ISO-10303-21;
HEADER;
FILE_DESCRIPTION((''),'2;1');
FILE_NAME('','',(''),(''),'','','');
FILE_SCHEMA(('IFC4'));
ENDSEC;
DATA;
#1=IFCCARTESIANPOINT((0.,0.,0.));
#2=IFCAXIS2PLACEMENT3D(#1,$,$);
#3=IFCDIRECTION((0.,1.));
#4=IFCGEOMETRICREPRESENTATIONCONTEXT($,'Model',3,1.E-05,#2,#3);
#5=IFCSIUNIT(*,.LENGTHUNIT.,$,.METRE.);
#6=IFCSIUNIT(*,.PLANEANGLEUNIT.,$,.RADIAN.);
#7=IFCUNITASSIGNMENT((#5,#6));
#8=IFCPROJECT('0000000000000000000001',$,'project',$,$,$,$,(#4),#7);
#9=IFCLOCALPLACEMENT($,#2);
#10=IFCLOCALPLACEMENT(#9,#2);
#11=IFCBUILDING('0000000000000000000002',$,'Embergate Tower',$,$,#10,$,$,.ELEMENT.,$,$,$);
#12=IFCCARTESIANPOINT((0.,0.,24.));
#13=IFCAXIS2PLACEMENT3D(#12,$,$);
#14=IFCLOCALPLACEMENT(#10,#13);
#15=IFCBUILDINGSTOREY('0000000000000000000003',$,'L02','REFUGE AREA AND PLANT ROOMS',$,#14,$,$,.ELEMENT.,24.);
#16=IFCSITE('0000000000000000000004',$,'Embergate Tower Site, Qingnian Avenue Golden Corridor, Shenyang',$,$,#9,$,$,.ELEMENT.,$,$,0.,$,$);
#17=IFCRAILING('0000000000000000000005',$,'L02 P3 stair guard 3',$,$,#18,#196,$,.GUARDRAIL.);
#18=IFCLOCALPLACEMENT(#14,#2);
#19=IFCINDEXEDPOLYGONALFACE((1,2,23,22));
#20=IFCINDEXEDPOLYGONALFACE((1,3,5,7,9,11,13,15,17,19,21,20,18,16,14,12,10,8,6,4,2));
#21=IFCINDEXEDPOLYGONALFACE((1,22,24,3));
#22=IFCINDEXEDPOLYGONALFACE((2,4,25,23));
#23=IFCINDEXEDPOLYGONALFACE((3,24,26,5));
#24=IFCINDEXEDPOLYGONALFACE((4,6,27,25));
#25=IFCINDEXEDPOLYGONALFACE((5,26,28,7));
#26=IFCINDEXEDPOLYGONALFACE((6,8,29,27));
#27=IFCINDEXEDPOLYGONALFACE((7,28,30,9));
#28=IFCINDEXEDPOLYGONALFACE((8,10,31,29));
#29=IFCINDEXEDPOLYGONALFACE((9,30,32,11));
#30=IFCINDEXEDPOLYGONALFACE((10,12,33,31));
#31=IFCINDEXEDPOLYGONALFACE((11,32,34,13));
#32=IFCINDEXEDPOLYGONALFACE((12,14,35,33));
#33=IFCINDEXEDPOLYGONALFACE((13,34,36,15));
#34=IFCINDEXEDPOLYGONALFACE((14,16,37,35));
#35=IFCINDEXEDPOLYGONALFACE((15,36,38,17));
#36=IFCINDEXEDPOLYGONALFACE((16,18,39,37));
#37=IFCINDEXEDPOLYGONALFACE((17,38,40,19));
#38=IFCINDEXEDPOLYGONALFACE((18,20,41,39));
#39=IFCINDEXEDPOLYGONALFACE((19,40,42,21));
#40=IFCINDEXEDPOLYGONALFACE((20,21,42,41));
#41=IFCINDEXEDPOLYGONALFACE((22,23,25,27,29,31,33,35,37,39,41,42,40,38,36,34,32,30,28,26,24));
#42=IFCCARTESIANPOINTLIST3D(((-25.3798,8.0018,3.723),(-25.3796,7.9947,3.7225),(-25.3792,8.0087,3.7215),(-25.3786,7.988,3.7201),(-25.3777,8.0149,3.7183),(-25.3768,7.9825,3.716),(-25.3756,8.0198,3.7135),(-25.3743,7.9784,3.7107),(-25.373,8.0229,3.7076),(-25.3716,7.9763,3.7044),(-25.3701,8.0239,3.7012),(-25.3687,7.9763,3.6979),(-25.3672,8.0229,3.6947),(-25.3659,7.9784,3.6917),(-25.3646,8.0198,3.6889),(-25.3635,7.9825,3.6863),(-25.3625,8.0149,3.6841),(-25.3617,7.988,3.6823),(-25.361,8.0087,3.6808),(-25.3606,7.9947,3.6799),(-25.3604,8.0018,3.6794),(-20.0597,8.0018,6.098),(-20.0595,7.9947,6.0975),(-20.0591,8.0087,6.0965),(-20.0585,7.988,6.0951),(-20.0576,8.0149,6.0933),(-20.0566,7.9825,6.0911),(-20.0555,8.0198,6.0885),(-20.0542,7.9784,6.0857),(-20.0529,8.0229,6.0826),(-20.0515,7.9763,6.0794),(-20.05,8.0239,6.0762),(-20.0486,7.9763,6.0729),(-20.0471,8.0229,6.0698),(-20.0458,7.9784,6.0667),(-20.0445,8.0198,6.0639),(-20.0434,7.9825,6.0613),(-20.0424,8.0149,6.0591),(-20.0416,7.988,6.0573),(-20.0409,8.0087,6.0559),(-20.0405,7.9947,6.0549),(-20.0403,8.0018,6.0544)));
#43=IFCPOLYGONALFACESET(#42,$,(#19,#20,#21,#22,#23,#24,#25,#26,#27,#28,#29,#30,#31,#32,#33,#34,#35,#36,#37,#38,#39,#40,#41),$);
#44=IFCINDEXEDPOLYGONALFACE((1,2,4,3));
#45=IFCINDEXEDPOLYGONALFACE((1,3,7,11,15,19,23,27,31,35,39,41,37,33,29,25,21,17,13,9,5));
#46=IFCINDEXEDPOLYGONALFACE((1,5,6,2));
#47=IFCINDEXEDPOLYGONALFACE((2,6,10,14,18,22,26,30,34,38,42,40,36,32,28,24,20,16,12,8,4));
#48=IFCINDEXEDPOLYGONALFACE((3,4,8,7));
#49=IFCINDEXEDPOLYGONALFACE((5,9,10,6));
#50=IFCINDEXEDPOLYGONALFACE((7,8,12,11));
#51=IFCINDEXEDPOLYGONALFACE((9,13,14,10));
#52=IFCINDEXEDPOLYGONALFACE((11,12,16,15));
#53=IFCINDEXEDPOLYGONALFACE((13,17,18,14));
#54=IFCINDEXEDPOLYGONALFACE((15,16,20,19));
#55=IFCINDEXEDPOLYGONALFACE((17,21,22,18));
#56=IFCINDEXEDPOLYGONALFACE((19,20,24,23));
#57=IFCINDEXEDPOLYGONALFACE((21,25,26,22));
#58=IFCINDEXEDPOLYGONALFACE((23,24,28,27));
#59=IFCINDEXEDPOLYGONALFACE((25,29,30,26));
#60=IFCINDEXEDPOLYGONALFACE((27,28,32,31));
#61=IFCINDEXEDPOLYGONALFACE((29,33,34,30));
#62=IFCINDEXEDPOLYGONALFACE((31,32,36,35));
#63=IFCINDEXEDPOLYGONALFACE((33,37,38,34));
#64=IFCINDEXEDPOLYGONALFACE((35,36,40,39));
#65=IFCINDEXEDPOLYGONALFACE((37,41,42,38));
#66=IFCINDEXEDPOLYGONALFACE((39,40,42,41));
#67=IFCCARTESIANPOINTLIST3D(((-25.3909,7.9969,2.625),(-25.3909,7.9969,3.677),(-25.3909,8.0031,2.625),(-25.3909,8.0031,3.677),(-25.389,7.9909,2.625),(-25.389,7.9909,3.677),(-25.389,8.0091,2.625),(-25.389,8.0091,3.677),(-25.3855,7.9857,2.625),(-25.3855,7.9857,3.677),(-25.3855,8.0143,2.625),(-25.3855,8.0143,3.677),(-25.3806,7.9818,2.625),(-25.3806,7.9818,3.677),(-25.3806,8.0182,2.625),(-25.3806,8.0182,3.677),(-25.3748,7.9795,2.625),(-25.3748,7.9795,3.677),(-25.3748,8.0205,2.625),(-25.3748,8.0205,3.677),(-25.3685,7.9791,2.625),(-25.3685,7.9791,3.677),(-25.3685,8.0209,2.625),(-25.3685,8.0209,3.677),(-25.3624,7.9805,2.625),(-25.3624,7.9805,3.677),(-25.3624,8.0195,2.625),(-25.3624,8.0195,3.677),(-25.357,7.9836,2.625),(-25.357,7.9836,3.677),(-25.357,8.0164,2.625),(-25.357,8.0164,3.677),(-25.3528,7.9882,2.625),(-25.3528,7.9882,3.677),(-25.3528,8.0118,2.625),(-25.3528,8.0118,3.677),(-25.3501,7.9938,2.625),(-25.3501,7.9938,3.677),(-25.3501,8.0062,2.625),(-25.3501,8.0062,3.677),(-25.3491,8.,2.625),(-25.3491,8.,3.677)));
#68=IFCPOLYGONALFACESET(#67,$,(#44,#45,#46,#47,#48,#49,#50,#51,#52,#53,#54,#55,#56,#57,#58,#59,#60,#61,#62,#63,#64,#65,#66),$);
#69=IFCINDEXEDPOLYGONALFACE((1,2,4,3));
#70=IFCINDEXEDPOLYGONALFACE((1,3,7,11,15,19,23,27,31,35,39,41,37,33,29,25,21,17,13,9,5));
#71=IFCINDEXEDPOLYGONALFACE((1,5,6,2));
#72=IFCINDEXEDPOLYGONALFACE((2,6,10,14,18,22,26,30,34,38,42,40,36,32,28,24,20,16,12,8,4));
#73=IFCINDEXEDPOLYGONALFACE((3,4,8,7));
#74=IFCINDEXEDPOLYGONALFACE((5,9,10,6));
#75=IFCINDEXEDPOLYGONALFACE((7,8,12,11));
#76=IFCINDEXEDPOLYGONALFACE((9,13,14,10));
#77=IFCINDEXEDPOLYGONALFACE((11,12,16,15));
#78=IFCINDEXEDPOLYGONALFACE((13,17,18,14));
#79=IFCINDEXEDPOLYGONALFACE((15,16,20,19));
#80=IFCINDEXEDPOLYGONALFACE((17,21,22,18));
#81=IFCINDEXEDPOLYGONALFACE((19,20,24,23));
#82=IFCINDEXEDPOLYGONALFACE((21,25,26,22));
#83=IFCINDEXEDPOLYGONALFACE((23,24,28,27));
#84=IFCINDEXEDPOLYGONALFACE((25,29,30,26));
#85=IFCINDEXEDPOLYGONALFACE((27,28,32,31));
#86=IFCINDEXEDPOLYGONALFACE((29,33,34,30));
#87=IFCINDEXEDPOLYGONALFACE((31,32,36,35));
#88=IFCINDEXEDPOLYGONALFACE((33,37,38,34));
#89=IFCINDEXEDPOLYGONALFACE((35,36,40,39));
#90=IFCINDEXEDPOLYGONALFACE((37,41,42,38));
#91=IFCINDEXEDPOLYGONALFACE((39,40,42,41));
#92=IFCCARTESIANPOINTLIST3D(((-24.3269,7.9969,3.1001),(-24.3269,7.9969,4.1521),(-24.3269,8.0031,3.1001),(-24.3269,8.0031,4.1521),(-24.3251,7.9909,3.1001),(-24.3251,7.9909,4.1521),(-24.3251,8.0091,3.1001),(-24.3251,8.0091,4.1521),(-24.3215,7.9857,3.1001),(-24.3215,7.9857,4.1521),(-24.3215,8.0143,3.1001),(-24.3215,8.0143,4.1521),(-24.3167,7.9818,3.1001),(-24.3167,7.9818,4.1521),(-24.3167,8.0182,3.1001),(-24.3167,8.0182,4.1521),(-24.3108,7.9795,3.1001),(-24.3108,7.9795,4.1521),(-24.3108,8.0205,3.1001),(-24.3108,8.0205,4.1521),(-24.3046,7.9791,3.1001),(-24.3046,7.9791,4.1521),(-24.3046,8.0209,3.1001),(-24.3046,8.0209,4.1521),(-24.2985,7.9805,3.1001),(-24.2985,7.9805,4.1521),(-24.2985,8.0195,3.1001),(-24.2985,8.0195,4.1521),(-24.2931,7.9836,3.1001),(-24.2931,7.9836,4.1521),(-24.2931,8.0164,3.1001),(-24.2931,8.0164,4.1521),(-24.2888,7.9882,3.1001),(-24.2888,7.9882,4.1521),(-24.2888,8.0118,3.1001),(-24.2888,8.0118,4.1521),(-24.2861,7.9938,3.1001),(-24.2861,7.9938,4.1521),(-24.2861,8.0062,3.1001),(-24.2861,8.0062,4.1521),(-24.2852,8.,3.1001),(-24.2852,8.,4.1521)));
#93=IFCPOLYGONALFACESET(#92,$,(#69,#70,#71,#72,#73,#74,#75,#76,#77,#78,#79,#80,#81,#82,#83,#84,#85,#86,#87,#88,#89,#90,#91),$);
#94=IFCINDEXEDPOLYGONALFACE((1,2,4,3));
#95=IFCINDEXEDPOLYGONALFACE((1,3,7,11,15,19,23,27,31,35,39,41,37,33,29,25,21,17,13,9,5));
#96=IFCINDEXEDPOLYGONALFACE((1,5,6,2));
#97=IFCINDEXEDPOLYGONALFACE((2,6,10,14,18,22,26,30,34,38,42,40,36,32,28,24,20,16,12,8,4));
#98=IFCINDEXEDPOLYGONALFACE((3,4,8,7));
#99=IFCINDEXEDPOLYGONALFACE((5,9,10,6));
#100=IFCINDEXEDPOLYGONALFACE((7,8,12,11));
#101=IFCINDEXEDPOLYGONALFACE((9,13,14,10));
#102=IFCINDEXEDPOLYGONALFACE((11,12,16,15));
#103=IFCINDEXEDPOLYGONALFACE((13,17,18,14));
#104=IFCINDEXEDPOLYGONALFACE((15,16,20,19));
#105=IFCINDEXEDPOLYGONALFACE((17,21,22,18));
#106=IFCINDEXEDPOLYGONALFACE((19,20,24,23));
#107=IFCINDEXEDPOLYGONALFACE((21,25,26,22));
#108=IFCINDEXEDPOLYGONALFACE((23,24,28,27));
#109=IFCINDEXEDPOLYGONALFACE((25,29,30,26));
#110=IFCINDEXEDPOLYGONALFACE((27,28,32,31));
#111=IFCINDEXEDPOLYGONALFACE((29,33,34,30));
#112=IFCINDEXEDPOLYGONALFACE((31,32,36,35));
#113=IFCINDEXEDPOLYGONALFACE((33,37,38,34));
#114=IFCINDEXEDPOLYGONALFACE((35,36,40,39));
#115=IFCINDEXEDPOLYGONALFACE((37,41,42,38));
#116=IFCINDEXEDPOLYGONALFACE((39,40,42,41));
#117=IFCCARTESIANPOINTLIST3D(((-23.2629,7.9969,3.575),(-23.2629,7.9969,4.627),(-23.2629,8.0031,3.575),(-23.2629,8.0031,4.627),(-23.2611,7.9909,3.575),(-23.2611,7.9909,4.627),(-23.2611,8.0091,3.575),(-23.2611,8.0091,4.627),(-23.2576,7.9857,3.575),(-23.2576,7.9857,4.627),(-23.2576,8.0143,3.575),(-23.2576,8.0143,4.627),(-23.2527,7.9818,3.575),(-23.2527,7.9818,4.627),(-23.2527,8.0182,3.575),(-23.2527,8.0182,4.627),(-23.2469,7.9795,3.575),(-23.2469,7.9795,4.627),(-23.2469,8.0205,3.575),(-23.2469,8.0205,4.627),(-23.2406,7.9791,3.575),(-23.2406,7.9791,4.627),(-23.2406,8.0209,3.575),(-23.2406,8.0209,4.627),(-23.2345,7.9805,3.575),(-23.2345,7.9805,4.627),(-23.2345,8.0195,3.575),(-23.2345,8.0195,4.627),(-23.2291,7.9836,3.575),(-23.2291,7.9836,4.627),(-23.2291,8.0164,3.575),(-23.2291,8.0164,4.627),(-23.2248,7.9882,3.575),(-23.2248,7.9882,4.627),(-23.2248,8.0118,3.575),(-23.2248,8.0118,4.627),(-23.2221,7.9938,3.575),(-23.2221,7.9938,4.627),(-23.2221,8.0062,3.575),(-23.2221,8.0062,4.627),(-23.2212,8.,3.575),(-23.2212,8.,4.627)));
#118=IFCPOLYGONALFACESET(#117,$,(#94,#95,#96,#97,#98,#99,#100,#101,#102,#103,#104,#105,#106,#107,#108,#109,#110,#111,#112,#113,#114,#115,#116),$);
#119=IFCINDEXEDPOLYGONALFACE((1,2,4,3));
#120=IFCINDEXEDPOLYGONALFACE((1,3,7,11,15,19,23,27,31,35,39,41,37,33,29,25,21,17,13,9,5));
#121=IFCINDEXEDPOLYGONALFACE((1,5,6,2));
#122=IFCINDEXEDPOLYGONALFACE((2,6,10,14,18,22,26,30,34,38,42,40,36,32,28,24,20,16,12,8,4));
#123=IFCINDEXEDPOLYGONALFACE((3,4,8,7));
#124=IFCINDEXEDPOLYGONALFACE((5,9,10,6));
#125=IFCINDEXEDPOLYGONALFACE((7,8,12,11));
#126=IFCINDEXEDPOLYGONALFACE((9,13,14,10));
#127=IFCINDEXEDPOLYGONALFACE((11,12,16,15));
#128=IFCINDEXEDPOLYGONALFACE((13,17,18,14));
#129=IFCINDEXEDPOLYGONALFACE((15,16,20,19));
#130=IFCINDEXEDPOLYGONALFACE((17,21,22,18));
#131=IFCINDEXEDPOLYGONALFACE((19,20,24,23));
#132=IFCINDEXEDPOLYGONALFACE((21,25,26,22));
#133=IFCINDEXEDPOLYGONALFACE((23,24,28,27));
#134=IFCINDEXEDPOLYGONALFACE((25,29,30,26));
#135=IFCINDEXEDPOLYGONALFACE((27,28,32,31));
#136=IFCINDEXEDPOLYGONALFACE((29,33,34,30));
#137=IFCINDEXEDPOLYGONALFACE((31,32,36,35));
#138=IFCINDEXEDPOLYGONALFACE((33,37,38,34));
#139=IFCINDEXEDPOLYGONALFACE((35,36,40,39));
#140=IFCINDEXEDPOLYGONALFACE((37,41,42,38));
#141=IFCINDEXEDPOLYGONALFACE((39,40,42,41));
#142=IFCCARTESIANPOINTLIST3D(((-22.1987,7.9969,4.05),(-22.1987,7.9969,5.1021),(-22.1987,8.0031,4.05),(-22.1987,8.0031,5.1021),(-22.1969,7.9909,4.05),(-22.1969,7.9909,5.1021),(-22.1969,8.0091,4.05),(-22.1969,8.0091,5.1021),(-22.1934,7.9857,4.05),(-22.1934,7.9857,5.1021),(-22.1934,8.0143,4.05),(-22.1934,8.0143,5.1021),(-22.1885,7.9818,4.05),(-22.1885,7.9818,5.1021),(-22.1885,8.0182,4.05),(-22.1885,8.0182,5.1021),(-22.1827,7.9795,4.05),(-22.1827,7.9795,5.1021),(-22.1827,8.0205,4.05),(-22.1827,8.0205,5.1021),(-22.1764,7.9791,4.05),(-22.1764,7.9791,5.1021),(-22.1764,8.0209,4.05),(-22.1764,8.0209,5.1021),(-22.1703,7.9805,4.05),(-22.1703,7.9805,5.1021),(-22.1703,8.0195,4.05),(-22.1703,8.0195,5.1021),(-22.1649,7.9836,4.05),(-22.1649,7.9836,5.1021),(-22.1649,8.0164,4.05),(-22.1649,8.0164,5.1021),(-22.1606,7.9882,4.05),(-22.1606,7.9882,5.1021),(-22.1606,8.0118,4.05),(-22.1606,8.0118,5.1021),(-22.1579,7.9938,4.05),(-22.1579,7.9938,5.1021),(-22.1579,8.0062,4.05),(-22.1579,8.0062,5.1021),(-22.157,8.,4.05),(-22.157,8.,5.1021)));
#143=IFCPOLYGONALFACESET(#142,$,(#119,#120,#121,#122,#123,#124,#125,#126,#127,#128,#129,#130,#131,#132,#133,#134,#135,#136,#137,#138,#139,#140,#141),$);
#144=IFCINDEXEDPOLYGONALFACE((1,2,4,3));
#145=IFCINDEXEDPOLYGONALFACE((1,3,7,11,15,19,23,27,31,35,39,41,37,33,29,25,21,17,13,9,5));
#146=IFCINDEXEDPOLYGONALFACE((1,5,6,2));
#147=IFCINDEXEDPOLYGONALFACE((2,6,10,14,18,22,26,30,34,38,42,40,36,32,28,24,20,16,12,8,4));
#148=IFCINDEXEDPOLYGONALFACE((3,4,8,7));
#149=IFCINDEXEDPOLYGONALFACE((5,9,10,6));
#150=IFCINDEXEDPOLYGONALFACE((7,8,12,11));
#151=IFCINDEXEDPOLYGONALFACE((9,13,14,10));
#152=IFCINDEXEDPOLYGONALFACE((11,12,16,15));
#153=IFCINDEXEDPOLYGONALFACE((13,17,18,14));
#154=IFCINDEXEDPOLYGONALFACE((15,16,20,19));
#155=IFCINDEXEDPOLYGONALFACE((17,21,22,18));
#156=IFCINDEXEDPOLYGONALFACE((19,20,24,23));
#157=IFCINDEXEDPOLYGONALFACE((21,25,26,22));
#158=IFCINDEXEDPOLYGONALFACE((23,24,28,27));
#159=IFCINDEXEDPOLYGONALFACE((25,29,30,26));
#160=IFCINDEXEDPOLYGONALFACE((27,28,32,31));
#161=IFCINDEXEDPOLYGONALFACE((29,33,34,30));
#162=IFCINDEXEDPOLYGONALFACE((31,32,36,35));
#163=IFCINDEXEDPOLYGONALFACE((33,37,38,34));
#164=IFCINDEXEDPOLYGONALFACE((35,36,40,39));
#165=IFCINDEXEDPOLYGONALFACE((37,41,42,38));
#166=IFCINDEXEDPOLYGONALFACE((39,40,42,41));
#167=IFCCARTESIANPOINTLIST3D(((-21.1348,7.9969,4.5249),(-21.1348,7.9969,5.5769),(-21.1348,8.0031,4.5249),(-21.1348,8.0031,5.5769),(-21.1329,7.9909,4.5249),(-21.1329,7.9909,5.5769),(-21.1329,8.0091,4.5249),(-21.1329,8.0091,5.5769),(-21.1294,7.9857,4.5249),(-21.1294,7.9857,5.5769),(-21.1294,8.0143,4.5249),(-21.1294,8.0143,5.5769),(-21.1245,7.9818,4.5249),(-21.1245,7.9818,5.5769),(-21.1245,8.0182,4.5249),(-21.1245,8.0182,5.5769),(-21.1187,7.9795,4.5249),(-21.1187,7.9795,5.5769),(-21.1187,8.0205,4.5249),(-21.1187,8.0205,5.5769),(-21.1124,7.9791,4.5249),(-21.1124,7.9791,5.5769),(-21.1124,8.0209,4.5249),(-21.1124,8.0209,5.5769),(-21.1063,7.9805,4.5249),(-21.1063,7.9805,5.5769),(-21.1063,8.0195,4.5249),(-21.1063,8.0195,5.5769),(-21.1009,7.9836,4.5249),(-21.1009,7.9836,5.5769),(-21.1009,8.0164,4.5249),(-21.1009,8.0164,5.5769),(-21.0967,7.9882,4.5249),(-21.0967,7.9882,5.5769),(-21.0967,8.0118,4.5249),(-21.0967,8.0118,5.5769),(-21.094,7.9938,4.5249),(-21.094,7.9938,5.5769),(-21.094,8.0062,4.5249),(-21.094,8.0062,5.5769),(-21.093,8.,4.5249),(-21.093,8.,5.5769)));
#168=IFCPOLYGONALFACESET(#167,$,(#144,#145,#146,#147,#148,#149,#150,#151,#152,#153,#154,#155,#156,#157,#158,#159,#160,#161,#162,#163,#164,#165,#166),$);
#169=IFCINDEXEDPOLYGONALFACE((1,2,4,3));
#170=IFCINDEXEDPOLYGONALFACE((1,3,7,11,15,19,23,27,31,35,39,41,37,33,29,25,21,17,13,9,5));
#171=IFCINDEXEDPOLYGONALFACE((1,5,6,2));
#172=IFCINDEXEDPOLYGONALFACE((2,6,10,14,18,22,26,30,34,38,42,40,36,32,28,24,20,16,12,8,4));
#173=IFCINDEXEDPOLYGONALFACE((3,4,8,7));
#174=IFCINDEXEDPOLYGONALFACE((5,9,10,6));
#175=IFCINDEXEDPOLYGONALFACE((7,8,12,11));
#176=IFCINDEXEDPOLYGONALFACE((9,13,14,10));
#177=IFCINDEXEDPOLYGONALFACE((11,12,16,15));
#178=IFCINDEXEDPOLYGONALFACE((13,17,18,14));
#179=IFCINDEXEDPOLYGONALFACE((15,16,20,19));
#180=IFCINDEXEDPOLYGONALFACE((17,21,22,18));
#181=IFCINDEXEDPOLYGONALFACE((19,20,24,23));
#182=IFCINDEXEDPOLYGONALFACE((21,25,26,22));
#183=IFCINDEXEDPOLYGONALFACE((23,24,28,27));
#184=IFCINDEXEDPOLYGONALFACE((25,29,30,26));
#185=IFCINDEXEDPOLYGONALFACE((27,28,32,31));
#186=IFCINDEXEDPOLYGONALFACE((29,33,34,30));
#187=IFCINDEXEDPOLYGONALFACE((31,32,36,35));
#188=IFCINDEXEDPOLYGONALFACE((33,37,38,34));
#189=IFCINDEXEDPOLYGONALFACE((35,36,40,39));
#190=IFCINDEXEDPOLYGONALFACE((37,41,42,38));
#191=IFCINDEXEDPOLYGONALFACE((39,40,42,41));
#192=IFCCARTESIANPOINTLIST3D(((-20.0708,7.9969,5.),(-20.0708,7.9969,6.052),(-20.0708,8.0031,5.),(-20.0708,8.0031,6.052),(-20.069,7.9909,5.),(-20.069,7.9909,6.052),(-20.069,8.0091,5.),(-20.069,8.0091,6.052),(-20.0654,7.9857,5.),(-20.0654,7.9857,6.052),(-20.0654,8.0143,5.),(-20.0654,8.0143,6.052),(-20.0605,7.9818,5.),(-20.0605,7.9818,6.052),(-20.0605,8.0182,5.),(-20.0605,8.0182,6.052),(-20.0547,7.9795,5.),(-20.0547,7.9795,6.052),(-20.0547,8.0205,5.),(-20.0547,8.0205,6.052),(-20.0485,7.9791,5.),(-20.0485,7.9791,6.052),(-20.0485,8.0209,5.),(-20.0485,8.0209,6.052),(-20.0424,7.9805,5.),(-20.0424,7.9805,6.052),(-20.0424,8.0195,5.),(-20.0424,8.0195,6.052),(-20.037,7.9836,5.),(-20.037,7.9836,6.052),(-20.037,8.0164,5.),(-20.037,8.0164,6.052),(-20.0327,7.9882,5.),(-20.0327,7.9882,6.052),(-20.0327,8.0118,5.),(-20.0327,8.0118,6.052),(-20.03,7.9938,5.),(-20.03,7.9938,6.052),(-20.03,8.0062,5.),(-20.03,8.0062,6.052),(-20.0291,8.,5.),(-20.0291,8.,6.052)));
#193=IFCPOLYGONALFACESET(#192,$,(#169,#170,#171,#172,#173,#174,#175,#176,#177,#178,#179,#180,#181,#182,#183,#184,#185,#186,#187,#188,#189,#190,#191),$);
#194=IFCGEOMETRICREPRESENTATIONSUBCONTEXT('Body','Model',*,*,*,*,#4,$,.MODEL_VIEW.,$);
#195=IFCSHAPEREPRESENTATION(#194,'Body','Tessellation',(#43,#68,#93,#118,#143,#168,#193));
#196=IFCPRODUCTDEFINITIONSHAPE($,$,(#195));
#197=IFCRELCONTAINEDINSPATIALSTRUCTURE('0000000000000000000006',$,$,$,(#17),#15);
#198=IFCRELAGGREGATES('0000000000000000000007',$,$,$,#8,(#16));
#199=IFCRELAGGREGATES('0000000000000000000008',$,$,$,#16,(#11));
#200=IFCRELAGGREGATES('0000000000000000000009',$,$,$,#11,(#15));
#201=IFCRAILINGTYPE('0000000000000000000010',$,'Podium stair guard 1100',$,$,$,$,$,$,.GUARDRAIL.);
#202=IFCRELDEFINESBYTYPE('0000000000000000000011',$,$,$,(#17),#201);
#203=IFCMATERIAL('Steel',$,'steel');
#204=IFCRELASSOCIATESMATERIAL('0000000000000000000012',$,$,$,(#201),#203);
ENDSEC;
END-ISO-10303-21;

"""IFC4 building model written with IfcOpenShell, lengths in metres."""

from ifc_helpers import new_model, si_unit, direction, frame, origin, origin_2d, place, context, subcontext, project, spatial, circle, extrude, source, transform, mapped, material, type_object, element, save


model = new_model("IFC4")

# Units and contexts
model_context = context("Model", 3, precision=1e-05, world=origin(), true_north=direction((0.0, 1.0)))
body_context = subcontext(model_context, "Body", "Model", "MODEL_VIEW")
ifc_project = project(units=[si_unit("LENGTHUNIT", "METRE"), si_unit("PLANEANGLEUNIT", "RADIAN")], contexts=[model_context])

# Site, building, storey
site_placement = place(None, origin())
site = spatial("IfcSite", under=ifc_project, at=site_placement, Name="Embergate Tower Site, Qingnian Avenue Golden Corridor, Shenyang", CompositionType="ELEMENT", RefElevation=0.0)
building_placement = place(site_placement, origin())
building = spatial("IfcBuilding", under=site, at=building_placement, Name="Embergate Tower", CompositionType="ELEMENT")
storey_placement = place(building_placement, frame((0.0, 0.0, 24.0)))
storey = spatial("IfcBuildingStorey", under=building, at=storey_placement, Name="L02", Description="REFUGE AREA AND PLANT ROOMS", CompositionType="ELEMENT", Elevation=24.0)

# Railing
ifc_material_1 = material(Name="Steel", Category="steel")
railing_type_1 = type_object("IfcRailingType", Name="Podium stair guard 1100", PredefinedType="GUARDRAIL", material=ifc_material_1)
shared_shape_1 = source(origin(), body_context, "Body", "SweptSolid", [
    extrude(circle(Radius=0.0239, at=origin_2d()), frame((0.0, 0.0, 1.0762), z_axis=(0.91314, 0.0, 0.407646), x_axis=(0.0, 1.0, 0.0)), (0.0, 0.0, 1.0), 5.8262),
    extrude(circle(Radius=0.021, at=origin_2d()), origin(), (0.0, 0.0, 1.0), 1.052),
    extrude(circle(Radius=0.021, at=origin_2d()), frame((1.064, 0.0, 0.4751)), (0.0, 0.0, 1.0), 1.052),
    extrude(circle(Radius=0.021, at=origin_2d()), frame((2.1279, 0.0, 0.95)), (0.0, 0.0, 1.0), 1.052),
    extrude(circle(Radius=0.021, at=origin_2d()), frame((3.1921, 0.0, 1.425)), (0.0, 0.0, 1.0), 1.052),
    extrude(circle(Radius=0.021, at=origin_2d()), frame((4.2561, 0.0, 1.8999)), (0.0, 0.0, 1.0), 1.052),
    extrude(circle(Radius=0.021, at=origin_2d()), frame((5.3201, 0.0, 2.375)), (0.0, 0.0, 1.0), 1.052),
])
railing_1_placement = place(storey_placement, frame((-25.3701, 8.0, 2.625)))
element("IfcRailing", 1, at=railing_1_placement, inside=storey, type_object=railing_type_1, Name="L02 P3 stair guard 3", PredefinedType="GUARDRAIL", context=body_context, shape_type="MappedRepresentation", body=[
    mapped(shared_shape_1, transform((0.0, 0.0, 0.0))),
])

save(model, "model.ifc")
